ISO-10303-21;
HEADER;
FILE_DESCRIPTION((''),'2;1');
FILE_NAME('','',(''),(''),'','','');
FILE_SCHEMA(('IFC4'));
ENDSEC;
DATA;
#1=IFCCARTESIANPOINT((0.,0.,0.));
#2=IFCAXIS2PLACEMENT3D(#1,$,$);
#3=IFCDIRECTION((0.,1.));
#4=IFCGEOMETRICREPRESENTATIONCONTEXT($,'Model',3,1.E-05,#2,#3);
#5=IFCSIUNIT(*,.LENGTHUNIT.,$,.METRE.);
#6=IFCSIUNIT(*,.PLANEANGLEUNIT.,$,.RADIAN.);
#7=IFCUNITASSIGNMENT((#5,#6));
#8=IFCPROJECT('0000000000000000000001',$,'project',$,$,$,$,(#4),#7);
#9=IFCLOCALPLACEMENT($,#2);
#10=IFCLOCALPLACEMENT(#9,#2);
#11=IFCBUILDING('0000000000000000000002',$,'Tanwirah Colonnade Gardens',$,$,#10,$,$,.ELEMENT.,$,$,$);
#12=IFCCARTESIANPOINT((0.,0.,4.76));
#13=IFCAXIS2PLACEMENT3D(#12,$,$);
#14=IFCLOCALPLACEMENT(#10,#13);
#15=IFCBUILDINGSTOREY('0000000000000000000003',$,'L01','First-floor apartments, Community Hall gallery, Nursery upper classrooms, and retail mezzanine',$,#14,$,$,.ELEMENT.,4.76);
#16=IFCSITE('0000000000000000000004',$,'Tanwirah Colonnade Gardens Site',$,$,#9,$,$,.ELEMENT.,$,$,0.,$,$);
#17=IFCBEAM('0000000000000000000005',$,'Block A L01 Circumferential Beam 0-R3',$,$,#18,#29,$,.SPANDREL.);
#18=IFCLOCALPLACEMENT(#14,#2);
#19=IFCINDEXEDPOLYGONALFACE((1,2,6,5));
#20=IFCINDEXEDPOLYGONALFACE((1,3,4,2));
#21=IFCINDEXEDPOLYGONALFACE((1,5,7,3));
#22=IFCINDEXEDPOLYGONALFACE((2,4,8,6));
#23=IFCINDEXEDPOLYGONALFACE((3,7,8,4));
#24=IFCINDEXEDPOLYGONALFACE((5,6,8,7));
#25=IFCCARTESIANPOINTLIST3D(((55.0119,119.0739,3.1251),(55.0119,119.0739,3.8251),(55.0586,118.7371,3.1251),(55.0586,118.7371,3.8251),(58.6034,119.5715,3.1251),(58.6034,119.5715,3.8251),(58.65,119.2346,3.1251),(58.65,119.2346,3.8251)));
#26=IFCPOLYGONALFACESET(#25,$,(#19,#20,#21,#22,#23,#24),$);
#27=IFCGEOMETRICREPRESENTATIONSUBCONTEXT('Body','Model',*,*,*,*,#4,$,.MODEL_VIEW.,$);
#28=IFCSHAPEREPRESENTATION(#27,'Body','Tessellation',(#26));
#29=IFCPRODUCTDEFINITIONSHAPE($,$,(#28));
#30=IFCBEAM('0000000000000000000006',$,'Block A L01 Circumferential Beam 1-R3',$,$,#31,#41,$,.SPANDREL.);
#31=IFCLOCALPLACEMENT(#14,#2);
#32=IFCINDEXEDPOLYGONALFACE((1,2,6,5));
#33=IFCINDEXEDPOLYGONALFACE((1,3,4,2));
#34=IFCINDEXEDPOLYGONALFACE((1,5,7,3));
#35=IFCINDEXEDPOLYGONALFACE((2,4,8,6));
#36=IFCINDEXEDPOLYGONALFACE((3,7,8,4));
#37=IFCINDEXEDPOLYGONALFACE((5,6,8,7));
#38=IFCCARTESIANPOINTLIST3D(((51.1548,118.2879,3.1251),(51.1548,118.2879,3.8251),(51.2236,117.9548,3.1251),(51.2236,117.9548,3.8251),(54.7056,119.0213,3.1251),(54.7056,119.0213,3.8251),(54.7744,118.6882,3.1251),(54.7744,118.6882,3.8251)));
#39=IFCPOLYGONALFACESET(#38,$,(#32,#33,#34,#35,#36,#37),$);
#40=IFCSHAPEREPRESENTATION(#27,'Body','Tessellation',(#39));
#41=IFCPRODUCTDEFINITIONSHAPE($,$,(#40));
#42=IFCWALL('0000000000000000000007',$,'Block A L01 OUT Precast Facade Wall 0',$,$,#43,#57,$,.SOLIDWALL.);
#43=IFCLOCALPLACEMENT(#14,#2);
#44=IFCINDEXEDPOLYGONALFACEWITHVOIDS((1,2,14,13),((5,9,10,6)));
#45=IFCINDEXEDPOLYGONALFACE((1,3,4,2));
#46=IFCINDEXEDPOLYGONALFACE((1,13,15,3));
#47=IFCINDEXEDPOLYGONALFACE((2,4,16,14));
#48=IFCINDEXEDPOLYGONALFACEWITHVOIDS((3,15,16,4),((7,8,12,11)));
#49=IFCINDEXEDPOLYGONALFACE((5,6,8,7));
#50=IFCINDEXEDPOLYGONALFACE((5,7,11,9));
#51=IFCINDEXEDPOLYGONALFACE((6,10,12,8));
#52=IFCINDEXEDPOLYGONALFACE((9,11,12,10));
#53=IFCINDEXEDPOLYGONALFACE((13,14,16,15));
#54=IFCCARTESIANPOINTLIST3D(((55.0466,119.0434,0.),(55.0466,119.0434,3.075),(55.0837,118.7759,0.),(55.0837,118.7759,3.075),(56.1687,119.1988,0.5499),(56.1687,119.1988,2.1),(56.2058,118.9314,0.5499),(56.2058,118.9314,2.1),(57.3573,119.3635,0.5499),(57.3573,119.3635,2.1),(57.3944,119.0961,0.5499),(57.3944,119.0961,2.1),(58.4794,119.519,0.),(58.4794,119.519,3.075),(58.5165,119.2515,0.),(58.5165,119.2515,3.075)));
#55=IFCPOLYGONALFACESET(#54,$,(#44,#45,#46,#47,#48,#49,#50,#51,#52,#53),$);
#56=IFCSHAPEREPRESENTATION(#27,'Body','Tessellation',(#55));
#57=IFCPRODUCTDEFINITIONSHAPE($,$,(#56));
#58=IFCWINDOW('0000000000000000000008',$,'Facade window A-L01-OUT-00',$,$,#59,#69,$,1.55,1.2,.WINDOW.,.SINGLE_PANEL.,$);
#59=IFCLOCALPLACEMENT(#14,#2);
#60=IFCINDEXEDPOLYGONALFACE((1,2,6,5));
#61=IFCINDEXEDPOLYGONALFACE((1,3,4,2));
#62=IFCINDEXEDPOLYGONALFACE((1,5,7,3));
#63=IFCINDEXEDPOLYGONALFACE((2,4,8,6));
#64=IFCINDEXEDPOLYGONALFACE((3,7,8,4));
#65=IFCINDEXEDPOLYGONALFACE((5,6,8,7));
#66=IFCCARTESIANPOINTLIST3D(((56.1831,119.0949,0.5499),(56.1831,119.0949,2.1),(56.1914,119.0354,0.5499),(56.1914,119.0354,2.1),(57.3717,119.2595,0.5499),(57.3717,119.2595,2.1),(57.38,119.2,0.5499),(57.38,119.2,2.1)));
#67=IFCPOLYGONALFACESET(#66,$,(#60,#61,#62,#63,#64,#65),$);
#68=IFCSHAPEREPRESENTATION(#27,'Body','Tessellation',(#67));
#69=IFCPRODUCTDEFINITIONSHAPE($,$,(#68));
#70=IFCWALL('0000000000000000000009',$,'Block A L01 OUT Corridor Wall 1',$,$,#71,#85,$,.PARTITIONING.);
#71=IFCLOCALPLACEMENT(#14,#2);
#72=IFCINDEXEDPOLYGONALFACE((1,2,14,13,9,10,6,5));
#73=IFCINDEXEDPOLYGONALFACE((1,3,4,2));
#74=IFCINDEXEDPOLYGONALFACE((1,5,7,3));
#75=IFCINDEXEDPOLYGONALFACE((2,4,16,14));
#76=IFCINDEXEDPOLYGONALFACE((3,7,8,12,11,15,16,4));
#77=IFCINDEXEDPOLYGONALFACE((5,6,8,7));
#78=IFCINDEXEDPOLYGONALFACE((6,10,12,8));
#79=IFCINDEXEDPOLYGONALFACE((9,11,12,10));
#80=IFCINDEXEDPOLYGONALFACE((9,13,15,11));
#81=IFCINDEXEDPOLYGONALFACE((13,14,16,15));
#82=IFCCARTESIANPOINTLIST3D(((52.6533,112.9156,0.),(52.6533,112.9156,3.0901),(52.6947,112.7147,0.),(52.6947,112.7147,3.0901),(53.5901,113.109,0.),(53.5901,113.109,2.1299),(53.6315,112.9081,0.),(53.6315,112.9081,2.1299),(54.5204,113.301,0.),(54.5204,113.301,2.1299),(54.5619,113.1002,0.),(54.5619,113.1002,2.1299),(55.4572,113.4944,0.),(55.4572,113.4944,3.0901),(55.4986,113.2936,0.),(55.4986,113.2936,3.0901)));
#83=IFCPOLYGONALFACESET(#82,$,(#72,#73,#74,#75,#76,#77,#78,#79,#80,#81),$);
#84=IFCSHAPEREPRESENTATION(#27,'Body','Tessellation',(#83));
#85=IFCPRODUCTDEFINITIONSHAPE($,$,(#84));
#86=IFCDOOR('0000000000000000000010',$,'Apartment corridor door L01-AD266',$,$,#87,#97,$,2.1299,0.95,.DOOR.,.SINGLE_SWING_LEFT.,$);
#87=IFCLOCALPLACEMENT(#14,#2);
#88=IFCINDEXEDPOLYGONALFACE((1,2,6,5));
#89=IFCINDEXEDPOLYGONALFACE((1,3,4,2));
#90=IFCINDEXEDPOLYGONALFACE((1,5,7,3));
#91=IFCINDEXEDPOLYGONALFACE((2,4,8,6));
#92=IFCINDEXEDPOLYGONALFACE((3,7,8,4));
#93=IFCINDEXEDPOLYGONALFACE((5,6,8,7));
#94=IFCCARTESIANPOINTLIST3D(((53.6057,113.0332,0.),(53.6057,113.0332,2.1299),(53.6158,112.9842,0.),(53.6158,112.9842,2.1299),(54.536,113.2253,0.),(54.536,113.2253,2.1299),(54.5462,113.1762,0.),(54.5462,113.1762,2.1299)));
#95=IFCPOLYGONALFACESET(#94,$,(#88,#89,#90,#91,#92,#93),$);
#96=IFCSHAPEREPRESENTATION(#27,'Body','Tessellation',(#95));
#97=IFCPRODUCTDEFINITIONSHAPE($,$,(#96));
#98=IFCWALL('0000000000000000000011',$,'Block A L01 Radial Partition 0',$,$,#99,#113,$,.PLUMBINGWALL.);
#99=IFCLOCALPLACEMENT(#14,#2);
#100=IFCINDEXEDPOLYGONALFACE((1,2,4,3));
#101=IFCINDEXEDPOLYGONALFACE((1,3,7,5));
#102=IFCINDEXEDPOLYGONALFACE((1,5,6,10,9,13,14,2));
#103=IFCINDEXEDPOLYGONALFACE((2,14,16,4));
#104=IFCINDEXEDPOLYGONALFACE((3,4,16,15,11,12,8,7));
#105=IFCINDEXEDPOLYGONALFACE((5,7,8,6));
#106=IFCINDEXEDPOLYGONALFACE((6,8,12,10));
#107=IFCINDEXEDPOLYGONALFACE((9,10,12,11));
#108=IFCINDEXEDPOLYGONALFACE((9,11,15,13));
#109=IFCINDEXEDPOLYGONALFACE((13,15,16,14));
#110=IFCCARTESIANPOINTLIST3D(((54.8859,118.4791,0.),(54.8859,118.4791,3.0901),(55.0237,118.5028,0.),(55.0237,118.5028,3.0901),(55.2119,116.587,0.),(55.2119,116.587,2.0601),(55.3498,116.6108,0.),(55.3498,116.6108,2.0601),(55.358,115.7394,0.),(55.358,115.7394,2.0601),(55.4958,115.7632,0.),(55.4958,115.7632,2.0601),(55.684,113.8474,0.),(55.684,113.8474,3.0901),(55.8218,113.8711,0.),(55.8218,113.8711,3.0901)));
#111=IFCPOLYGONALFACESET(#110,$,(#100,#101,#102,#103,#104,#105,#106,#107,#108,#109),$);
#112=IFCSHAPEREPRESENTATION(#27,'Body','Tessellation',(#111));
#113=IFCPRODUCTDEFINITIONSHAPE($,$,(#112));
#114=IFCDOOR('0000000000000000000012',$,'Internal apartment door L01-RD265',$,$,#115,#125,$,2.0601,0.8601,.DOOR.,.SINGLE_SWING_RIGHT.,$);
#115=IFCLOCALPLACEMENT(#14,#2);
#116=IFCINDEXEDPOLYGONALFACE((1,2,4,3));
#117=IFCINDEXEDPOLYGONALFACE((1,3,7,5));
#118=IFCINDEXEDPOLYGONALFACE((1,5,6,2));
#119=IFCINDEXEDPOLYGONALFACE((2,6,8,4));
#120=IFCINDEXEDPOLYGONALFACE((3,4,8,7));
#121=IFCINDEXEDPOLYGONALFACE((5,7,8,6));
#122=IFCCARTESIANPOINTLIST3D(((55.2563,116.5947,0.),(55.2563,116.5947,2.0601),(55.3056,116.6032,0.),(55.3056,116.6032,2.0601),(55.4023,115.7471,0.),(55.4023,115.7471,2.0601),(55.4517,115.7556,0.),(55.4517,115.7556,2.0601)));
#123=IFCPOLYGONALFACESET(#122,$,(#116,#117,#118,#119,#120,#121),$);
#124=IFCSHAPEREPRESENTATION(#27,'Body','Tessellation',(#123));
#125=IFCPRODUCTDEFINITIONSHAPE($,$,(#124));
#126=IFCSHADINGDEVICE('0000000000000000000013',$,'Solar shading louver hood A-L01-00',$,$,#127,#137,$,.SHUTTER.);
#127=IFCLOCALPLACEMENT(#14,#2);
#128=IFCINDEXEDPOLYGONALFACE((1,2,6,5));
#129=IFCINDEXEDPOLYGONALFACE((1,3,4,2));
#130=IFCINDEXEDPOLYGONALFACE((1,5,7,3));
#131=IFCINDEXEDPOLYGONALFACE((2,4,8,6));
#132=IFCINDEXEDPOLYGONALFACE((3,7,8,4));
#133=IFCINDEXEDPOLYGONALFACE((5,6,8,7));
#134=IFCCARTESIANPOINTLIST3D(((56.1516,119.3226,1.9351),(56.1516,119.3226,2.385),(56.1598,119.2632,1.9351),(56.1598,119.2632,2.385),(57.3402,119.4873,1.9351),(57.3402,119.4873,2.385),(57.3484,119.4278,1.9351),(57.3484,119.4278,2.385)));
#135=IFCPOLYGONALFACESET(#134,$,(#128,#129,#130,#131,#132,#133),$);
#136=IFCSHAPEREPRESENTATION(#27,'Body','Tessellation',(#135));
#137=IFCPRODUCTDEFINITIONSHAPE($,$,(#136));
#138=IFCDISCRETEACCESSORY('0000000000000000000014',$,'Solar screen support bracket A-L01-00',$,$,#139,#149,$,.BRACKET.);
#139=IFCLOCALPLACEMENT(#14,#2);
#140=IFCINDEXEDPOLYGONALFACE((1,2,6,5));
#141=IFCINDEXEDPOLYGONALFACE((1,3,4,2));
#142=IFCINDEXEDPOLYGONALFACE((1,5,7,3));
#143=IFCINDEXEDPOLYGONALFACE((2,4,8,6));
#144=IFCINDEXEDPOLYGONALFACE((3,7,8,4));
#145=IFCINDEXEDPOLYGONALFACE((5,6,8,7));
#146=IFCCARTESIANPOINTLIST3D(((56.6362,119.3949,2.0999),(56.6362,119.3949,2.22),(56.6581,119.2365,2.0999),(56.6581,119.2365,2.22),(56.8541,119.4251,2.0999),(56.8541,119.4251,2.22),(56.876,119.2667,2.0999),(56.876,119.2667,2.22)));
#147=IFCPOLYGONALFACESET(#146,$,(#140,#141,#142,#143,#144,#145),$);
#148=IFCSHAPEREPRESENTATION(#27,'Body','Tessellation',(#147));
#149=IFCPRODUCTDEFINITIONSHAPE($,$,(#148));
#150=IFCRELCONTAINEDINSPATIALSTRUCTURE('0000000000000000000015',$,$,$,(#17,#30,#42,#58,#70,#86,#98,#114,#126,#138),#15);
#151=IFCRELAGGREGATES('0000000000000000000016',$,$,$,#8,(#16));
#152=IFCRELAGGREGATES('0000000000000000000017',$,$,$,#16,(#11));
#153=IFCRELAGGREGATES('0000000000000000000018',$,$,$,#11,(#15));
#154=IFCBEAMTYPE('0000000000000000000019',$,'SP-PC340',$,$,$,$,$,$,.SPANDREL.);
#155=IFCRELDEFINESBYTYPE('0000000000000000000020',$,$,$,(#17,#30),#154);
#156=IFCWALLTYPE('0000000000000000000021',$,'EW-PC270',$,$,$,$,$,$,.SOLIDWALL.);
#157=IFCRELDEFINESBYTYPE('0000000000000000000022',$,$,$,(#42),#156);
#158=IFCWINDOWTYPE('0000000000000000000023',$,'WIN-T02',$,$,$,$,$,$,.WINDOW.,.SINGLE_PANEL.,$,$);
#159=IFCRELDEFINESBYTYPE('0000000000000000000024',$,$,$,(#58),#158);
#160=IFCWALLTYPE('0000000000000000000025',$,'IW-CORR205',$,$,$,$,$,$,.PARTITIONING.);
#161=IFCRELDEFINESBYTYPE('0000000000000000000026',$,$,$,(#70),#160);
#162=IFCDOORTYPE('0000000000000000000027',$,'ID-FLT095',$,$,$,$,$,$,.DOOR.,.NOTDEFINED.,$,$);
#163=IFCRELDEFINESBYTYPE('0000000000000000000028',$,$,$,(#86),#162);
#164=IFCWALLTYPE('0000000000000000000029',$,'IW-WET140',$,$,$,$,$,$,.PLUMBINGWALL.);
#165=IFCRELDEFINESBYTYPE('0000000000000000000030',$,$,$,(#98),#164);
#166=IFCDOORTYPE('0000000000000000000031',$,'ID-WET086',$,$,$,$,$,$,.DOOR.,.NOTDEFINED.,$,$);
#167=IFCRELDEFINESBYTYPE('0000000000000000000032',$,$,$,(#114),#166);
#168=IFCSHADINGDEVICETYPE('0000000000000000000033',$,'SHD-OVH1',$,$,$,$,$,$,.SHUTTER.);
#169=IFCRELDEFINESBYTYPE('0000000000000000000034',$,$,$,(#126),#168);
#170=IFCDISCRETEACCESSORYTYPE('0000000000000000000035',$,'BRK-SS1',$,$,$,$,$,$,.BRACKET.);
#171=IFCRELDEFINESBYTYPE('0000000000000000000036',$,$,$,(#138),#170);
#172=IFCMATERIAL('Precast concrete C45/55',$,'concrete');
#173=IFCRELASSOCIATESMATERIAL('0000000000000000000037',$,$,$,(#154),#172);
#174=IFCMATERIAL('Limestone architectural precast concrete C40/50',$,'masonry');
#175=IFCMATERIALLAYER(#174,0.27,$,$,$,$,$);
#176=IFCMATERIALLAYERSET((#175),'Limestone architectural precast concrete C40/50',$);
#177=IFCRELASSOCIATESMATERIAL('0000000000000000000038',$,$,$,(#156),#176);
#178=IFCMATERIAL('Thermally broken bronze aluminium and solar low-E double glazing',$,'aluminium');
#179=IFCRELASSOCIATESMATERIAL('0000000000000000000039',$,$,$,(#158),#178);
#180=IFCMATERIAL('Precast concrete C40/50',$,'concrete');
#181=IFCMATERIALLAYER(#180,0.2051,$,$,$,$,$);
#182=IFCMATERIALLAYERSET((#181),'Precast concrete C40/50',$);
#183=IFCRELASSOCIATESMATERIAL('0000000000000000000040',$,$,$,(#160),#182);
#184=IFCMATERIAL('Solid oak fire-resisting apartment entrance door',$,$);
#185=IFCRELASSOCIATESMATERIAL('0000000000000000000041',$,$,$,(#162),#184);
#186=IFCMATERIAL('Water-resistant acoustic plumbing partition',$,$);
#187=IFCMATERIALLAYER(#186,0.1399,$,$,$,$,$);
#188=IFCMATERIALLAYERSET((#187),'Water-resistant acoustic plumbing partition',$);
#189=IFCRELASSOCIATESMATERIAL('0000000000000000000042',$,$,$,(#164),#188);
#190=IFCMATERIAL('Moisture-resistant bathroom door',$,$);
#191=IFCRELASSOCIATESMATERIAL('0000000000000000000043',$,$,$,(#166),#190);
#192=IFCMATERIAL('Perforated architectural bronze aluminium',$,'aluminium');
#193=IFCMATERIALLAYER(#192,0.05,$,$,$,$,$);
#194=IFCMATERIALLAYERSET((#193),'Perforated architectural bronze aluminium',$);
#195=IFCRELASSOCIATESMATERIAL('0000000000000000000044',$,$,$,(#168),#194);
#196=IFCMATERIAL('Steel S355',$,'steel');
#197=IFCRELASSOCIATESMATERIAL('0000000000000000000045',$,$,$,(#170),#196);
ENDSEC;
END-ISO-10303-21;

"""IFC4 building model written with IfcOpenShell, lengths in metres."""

from ifc_helpers import new_model, si_unit, direction, frame, frame_2d, origin, origin_2d, place, context, subcontext, project, spatial, rectangle, extrude, material, layer, layer_set, material_profile, profile_set, type_object, element, fill, save


model = new_model("IFC4")

# Units and contexts
model_context = context("Model", 3, precision=1e-05, world=origin(), true_north=direction((0.0, 1.0)))
body_context = subcontext(model_context, "Body", "Model", "MODEL_VIEW")
ifc_project = project(units=[si_unit("LENGTHUNIT", "METRE"), si_unit("PLANEANGLEUNIT", "RADIAN")], contexts=[model_context])

# Site, building, storey
site_placement = place(None, origin())
site = spatial("IfcSite", under=ifc_project, at=site_placement, Name="Tanwirah Colonnade Gardens Site", CompositionType="ELEMENT", RefElevation=0.0)
building_placement = place(site_placement, origin())
building = spatial("IfcBuilding", under=site, at=building_placement, Name="Tanwirah Colonnade Gardens", CompositionType="ELEMENT")
storey_placement = place(building_placement, frame((0.0, 0.0, 4.76)))
storey = spatial("IfcBuildingStorey", under=building, at=storey_placement, Name="L01", Description="First-floor apartments, Community Hall gallery, Nursery upper classrooms, and retail mezzanine", CompositionType="ELEMENT", Elevation=4.76)

# Shared definitions
ifc_material_1 = material(Name="Precast concrete C45/55", Category="concrete")

# Shared definitions
ifc_material_2 = material(Name="Precast concrete C40/50", Category="concrete")

# Beams
ifc_material_profile_1 = material_profile(ifc_material_1, rectangle(XDim=0.3401, YDim=0.7, at=origin_2d()), Name="PC-SP 340x700")
ifc_profile_set_1 = profile_set([ifc_material_profile_1], Name="Precast concrete C45/55")
beam_type_1 = type_object("IfcBeamType", Name="SP-PC340", PredefinedType="SPANDREL", material=ifc_profile_set_1)
for number, where, z_axis, x_axis, name in (
    (1, (58.6267, 119.4031, 3.4751), (-0.990539, -0.137234, 0.0), (0.137234, -0.990539, 0.0), "Block A L01 Circumferential Beam 0-R3"),
    (2, (54.74, 118.8547, 3.4751), (-0.979329, -0.202276, 0.0), (0.202276, -0.979329, 0.0), "Block A L01 Circumferential Beam 1-R3"),
):
    element("IfcBeam", number, at=place(storey_placement, frame(where, z_axis=z_axis, x_axis=x_axis)), inside=storey, type_object=beam_type_1, Name=name, PredefinedType="SPANDREL", context=body_context, shape_type="SweptSolid", body=[
        extrude(rectangle(XDim=0.3401, YDim=0.7, at=origin_2d()), origin(), (0.0, 0.0, 1.0), 3.6257),
    ])

# Wall, opening, window
ifc_material_3 = material(Name="Limestone architectural precast concrete C40/50", Category="masonry")
ifc_layer_1 = layer(ifc_material_3, 0.27)
ifc_layer_set_1 = layer_set([ifc_layer_1], Name="Limestone architectural precast concrete C40/50")
wall_type_1 = type_object("IfcWallType", Name="EW-PC270", PredefinedType="SOLIDWALL", material=ifc_layer_set_1)
wall_1_placement = place(storey_placement, frame((58.498, 119.3853, 0.0), z_axis=(0.0, 0.0, 1.0), x_axis=(-0.990539, -0.137229, 0.0)))
wall_1 = element("IfcWall", 3, at=wall_1_placement, inside=storey, type_object=wall_type_1, Name="Block A L01 OUT Precast Facade Wall 0", PredefinedType="SOLIDWALL", context=body_context, shape_type="SweptSolid", body=[
    extrude(rectangle(XDim=3.4656, YDim=0.27, at=frame_2d((1.7329, 0.0))), origin(), (0.0, 0.0, 1.0), 3.075),
])
opening_1_placement = place(wall_1_placement, frame((1.1328, 0.0, 0.55)))
opening_1 = element("IfcOpeningElement", 4, at=opening_1_placement, cuts=wall_1, PredefinedType="OPENING", context=body_context, shape_type="SweptSolid", body=[
    extrude(rectangle(XDim=1.2, YDim=1.55, at=frame_2d((0.6001, 0.7749))), frame((0.0, 0.145, 0.0), z_axis=(0.0, -1.0, 0.0), x_axis=(1.0, 0.0, 0.0)), (0.0, 0.0, 1.0), 0.29),
])
ifc_material_4 = material(Name="Thermally broken bronze aluminium and solar low-E double glazing", Category="aluminium")
window_type = type_object("IfcWindowType", Name="WIN-T02", PartitioningType="SINGLE_PANEL", PredefinedType="WINDOW", material=ifc_material_4)
window_placement = place(opening_1_placement, origin())
window = element("IfcWindow", 5, at=window_placement, inside=storey, type_object=window_type, Name="Facade window A-L01-OUT-00", OverallHeight=1.55, OverallWidth=1.2, PartitioningType="SINGLE_PANEL", PredefinedType="WINDOW", context=body_context, shape_type="SweptSolid", body=[
    extrude(rectangle(XDim=1.2, YDim=1.55, at=frame_2d((0.6001, 0.7749))), frame((0.0, 0.03, 0.0), z_axis=(0.0, -1.0, 0.0), x_axis=(1.0, 0.0, 0.0)), (0.0, 0.0, 1.0), 0.0601),
])
fill(opening_1, window)

# Walls, openings, doors
ifc_layer_2 = layer(ifc_material_2, 0.2051)
ifc_layer_set_2 = layer_set([ifc_layer_2], Name="Precast concrete C40/50")
wall_type_2 = type_object("IfcWallType", Name="IW-CORR205", PredefinedType="PARTITIONING", material=ifc_layer_set_2)
ifc_material_5 = material(Name="Solid oak fire-resisting apartment entrance door")
wall_2_placement = place(storey_placement, frame((55.478, 113.394, 0.0), z_axis=(0.0, 0.0, 1.0), x_axis=(-0.979348, -0.20218, 0.0)))
wall_2 = element("IfcWall", 6, at=wall_2_placement, inside=storey, type_object=wall_type_2, Name="Block A L01 OUT Corridor Wall 1", PredefinedType="PARTITIONING", context=body_context, shape_type="SweptSolid", body=[
    extrude(rectangle(XDim=2.863, YDim=0.2051, at=frame_2d((1.4316, 0.0))), origin(), (0.0, 0.0, 1.0), 3.0901),
])
opening_2_placement = place(wall_2_placement, frame((0.9565, 0.0, 0.0)))
opening_2 = element("IfcOpeningElement", 7, at=opening_2_placement, cuts=wall_2, PredefinedType="OPENING", context=body_context, shape_type="SweptSolid", body=[
    extrude(rectangle(XDim=0.95, YDim=2.1299, at=frame_2d((0.4751, 1.0649))), frame((0.0, 0.1125, 0.0), z_axis=(0.0, -1.0, 0.0), x_axis=(1.0, 0.0, 0.0)), (0.0, 0.0, 1.0), 0.2251),
])
door_type_1 = type_object("IfcDoorType", Name="ID-FLT095", OperationType="NOTDEFINED", PredefinedType="DOOR", material=ifc_material_5)
door_1_placement = place(opening_2_placement, origin())
door_1 = element("IfcDoor", 8, at=door_1_placement, inside=storey, type_object=door_type_1, Name="Apartment corridor door L01-AD266", OperationType="SINGLE_SWING_LEFT", OverallHeight=2.1299, OverallWidth=0.95, PredefinedType="DOOR", context=body_context, shape_type="SweptSolid", body=[
    extrude(rectangle(XDim=0.95, YDim=2.1299, at=frame_2d((0.4751, 1.0649))), frame((0.0, 0.0249, 0.0), z_axis=(0.0, -1.0, 0.0), x_axis=(1.0, 0.0, 0.0)), (0.0, 0.0, 1.0), 0.05),
])
fill(opening_2, door_1)
ifc_material_6 = material(Name="Water-resistant acoustic plumbing partition")
ifc_layer_3 = layer(ifc_material_6, 0.1399)
ifc_layer_set_3 = layer_set([ifc_layer_3], Name="Water-resistant acoustic plumbing partition")
wall_type_3 = type_object("IfcWallType", Name="IW-WET140", PredefinedType="PLUMBINGWALL", material=ifc_layer_set_3)
wall_3_placement = place(storey_placement, frame((55.7529, 113.8591, 0.0), z_axis=(0.0, 0.0, 1.0), x_axis=(-0.169813, 0.985476, 0.0)))
wall_3 = element("IfcWall", 9, at=wall_3_placement, inside=storey, type_object=wall_type_3, Name="Block A L01 Radial Partition 0", PredefinedType="PLUMBINGWALL", context=body_context, shape_type="SweptSolid", body=[
    extrude(rectangle(XDim=4.7, YDim=0.1399, at=frame_2d((2.3501, 0.0))), origin(), (0.0, 0.0, 1.0), 3.0901),
])
opening_3_placement = place(wall_3_placement, frame((1.9199, 0.0, 0.0)))
opening_3 = element("IfcOpeningElement", 10, at=opening_3_placement, cuts=wall_3, PredefinedType="OPENING", context=body_context, shape_type="SweptSolid", body=[
    extrude(rectangle(XDim=0.8601, YDim=2.0601, at=frame_2d((0.4302, 1.03))), frame((0.0, 0.0798, 0.0), z_axis=(0.0, -1.0, 0.0), x_axis=(1.0, 0.0, 0.0)), (0.0, 0.0, 1.0), 0.1599),
])
ifc_material_7 = material(Name="Moisture-resistant bathroom door")
door_type_2 = type_object("IfcDoorType", Name="ID-WET086", OperationType="NOTDEFINED", PredefinedType="DOOR", material=ifc_material_7)
door_2_placement = place(opening_3_placement, origin())
door_2 = element("IfcDoor", 11, at=door_2_placement, inside=storey, type_object=door_type_2, Name="Internal apartment door L01-RD265", OperationType="SINGLE_SWING_RIGHT", OverallHeight=2.0601, OverallWidth=0.8601, PredefinedType="DOOR", context=body_context, shape_type="SweptSolid", body=[
    extrude(rectangle(XDim=0.8601, YDim=2.0601, at=frame_2d((0.4302, 1.03))), frame((0.0, 0.0249, 0.0), z_axis=(0.0, -1.0, 0.0), x_axis=(1.0, 0.0, 0.0)), (0.0, 0.0, 1.0), 0.05),
])
fill(opening_3, door_2)

# Shading device
ifc_material_8 = material(Name="Perforated architectural bronze aluminium", Category="aluminium")
ifc_layer_4 = layer(ifc_material_8, 0.05)
ifc_layer_set_4 = layer_set([ifc_layer_4], Name="Perforated architectural bronze aluminium")
shading_device_type = type_object("IfcShadingDeviceType", Name="SHD-OVH1", PredefinedType="SHUTTER", material=ifc_layer_set_4)
shading_device_placement = place(storey_placement, frame((56.75, 119.3752, 1.9351), z_axis=(0.0, 0.0, 1.0), x_axis=(-0.990536, -0.137254, 0.0)))
element("IfcShadingDevice", 12, at=shading_device_placement, inside=storey, type_object=shading_device_type, Name="Solar shading louver hood A-L01-00", PredefinedType="SHUTTER", context=body_context, shape_type="SweptSolid", body=[
    extrude(rectangle(XDim=1.2, YDim=0.0601, at=origin_2d()), origin(), (0.0, 0.0, 1.0), 0.45),
])

# Discrete accessory
ifc_material_9 = material(Name="Steel S355", Category="steel")
discrete_accessory_type = type_object("IfcDiscreteAccessoryType", Name="BRK-SS1", PredefinedType="BRACKET", material=ifc_material_9)
discrete_accessory_placement = place(storey_placement, frame((56.7561, 119.3308, 2.0999), z_axis=(0.0, 0.0, 1.0), x_axis=(-0.990536, -0.137254, 0.0)))
element("IfcDiscreteAccessory", 13, at=discrete_accessory_placement, inside=storey, type_object=discrete_accessory_type, Name="Solar screen support bracket A-L01-00", PredefinedType="BRACKET", context=body_context, shape_type="SweptSolid", body=[
    extrude(rectangle(XDim=0.22, YDim=0.1599, at=origin_2d()), origin(), (0.0, 0.0, 1.0), 0.1201),
])

save(model, "model.ifc")
